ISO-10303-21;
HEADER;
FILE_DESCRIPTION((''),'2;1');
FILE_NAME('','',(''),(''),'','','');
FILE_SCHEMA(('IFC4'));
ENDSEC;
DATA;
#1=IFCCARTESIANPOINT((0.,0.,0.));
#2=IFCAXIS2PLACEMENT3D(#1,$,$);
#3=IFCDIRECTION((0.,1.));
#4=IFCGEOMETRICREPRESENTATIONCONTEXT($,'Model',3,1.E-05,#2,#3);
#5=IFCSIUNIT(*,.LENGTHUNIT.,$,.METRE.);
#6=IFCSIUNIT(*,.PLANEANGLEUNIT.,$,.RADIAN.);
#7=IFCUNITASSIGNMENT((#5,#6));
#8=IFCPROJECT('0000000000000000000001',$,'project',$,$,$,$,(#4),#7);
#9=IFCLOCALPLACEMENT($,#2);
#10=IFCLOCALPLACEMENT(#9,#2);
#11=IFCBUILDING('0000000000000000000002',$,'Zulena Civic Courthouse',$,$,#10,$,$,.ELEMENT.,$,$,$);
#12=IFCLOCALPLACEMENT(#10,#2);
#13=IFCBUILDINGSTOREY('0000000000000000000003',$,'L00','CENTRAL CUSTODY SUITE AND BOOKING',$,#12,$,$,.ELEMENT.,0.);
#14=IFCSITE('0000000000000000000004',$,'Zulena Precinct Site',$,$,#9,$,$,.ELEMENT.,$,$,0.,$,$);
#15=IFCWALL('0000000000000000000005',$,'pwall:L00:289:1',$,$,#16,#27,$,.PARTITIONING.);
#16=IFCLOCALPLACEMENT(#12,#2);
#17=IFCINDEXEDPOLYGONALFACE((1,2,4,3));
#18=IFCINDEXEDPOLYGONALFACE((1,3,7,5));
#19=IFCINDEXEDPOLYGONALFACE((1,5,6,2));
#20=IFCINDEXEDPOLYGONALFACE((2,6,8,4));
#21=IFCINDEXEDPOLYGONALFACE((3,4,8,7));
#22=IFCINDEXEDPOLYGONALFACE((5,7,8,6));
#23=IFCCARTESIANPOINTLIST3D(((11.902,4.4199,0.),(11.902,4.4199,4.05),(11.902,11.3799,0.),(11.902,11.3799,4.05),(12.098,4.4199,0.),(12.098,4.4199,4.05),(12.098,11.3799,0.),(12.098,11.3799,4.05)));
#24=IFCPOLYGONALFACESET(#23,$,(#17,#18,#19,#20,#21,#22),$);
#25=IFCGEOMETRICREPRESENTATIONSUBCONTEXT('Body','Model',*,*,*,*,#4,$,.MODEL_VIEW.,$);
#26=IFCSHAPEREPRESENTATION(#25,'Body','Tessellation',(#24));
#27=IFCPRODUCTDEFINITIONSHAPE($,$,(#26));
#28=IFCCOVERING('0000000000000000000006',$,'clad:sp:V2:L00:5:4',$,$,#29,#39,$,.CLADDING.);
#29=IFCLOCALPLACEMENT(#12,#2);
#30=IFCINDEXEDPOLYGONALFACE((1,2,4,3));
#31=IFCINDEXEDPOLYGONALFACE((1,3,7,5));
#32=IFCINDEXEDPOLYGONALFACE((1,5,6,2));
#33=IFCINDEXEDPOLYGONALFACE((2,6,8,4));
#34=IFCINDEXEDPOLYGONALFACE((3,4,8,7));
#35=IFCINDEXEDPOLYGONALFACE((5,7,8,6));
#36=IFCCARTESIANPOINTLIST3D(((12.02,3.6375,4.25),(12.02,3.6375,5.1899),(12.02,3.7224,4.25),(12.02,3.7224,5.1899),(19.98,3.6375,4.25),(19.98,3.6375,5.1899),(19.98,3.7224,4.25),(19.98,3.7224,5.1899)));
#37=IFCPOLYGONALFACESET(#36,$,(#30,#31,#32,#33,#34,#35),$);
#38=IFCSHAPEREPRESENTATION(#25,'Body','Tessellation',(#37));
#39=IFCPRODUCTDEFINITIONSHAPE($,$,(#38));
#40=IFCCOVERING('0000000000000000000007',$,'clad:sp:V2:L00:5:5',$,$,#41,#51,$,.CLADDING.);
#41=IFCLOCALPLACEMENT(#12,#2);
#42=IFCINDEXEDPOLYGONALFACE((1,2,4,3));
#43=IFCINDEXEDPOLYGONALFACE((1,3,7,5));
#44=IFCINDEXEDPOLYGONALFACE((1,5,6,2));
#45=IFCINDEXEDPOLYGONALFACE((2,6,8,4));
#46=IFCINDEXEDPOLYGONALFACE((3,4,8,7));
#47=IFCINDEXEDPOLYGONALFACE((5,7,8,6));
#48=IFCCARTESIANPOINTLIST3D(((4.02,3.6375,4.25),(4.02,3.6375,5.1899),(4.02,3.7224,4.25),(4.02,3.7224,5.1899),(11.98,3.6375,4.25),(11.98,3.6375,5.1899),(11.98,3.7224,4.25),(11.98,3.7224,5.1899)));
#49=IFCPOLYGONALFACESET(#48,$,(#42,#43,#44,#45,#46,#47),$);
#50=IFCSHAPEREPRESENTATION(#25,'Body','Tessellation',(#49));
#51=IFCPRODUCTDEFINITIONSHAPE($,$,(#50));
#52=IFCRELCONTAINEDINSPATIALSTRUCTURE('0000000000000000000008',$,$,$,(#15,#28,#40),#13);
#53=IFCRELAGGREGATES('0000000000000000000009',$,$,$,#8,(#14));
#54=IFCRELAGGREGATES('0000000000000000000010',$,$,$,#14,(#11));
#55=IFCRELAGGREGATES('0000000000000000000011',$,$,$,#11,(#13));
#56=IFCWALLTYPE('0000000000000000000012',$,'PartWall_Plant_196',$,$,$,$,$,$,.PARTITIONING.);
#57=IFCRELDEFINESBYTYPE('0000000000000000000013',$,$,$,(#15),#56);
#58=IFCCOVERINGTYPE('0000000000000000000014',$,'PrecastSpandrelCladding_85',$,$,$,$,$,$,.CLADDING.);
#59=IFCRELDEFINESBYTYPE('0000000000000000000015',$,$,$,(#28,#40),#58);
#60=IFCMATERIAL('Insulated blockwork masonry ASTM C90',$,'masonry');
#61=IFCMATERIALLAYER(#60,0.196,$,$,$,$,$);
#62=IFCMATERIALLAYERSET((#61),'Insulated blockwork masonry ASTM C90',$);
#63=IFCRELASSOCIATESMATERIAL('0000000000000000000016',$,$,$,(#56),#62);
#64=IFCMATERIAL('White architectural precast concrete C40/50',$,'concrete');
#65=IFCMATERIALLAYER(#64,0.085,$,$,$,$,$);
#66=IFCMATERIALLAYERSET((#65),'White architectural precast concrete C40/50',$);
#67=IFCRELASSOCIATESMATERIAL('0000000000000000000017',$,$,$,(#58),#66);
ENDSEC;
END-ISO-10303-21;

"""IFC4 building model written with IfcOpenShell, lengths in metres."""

from ifc_helpers import new_model, si_unit, direction, frame, frame_2d, origin, origin_2d, place, context, subcontext, project, spatial, rectangle, extrude, material, layer, layer_set, type_object, element, save


model = new_model("IFC4")

# Units and contexts
model_context = context("Model", 3, precision=1e-05, world=origin(), true_north=direction((0.0, 1.0)))
body_context = subcontext(model_context, "Body", "Model", "MODEL_VIEW")
ifc_project = project(units=[si_unit("LENGTHUNIT", "METRE"), si_unit("PLANEANGLEUNIT", "RADIAN")], contexts=[model_context])

# Site, building, storey
site_placement = place(None, origin())
site = spatial("IfcSite", under=ifc_project, at=site_placement, Name="Zulena Precinct Site", CompositionType="ELEMENT", RefElevation=0.0)
building_placement = place(site_placement, origin())
building = spatial("IfcBuilding", under=site, at=building_placement, Name="Zulena Civic Courthouse", CompositionType="ELEMENT")
storey_placement = place(building_placement, origin())
storey = spatial("IfcBuildingStorey", under=building, at=storey_placement, Name="L00", Description="CENTRAL CUSTODY SUITE AND BOOKING", CompositionType="ELEMENT", Elevation=0.0)

# Shared definitions
ifc_material_1 = material(Name="White architectural precast concrete C40/50", Category="concrete")

# Wall
ifc_material_2 = material(Name="Insulated blockwork masonry ASTM C90", Category="masonry")
ifc_layer_1 = layer(ifc_material_2, 0.196)
ifc_layer_set_1 = layer_set([ifc_layer_1], Name="Insulated blockwork masonry ASTM C90")
wall_type_1 = type_object("IfcWallType", Name="PartWall_Plant_196", PredefinedType="PARTITIONING", material=ifc_layer_set_1)
wall_1_placement = place(storey_placement, frame((12.0, 4.4199, 0.0), z_axis=(0.0, 0.0, 1.0), x_axis=(0.0, 1.0, 0.0)))
element("IfcWall", 1, at=wall_1_placement, inside=storey, type_object=wall_type_1, Name="pwall:L00:289:1", PredefinedType="PARTITIONING", context=body_context, shape_type="SweptSolid", body=[
    extrude(rectangle(XDim=6.96, YDim=0.196, at=frame_2d((3.48, 0.0))), origin(), (0.0, 0.0, 1.0), 4.05),
])

# Coverings
ifc_layer_2 = layer(ifc_material_1, 0.085)
ifc_layer_set_2 = layer_set([ifc_layer_2], Name="White architectural precast concrete C40/50")
covering_type = type_object("IfcCoveringType", Name="PrecastSpandrelCladding_85", PredefinedType="CLADDING", material=ifc_layer_set_2)
for number, where, z_axis, x_axis, name in (
    (2, (16.0, 3.6799, 4.25), (0.0, 0.0, 1.0), (-1.0, 0.0, 0.0), "clad:sp:V2:L00:5:4"),
    (3, (8.0, 3.6799, 4.25), (0.0, 0.0, 1.0), (-1.0, 0.0, 0.0), "clad:sp:V2:L00:5:5"),
):
    element("IfcCovering", number, at=place(storey_placement, frame(where, z_axis=z_axis, x_axis=x_axis)), inside=storey, type_object=covering_type, Name=name, PredefinedType="CLADDING", context=body_context, shape_type="SweptSolid", body=[
        extrude(rectangle(XDim=7.96, YDim=0.085, at=origin_2d()), origin(), (0.0, 0.0, 1.0), 0.9399),
    ])

save(model, "model.ifc")
